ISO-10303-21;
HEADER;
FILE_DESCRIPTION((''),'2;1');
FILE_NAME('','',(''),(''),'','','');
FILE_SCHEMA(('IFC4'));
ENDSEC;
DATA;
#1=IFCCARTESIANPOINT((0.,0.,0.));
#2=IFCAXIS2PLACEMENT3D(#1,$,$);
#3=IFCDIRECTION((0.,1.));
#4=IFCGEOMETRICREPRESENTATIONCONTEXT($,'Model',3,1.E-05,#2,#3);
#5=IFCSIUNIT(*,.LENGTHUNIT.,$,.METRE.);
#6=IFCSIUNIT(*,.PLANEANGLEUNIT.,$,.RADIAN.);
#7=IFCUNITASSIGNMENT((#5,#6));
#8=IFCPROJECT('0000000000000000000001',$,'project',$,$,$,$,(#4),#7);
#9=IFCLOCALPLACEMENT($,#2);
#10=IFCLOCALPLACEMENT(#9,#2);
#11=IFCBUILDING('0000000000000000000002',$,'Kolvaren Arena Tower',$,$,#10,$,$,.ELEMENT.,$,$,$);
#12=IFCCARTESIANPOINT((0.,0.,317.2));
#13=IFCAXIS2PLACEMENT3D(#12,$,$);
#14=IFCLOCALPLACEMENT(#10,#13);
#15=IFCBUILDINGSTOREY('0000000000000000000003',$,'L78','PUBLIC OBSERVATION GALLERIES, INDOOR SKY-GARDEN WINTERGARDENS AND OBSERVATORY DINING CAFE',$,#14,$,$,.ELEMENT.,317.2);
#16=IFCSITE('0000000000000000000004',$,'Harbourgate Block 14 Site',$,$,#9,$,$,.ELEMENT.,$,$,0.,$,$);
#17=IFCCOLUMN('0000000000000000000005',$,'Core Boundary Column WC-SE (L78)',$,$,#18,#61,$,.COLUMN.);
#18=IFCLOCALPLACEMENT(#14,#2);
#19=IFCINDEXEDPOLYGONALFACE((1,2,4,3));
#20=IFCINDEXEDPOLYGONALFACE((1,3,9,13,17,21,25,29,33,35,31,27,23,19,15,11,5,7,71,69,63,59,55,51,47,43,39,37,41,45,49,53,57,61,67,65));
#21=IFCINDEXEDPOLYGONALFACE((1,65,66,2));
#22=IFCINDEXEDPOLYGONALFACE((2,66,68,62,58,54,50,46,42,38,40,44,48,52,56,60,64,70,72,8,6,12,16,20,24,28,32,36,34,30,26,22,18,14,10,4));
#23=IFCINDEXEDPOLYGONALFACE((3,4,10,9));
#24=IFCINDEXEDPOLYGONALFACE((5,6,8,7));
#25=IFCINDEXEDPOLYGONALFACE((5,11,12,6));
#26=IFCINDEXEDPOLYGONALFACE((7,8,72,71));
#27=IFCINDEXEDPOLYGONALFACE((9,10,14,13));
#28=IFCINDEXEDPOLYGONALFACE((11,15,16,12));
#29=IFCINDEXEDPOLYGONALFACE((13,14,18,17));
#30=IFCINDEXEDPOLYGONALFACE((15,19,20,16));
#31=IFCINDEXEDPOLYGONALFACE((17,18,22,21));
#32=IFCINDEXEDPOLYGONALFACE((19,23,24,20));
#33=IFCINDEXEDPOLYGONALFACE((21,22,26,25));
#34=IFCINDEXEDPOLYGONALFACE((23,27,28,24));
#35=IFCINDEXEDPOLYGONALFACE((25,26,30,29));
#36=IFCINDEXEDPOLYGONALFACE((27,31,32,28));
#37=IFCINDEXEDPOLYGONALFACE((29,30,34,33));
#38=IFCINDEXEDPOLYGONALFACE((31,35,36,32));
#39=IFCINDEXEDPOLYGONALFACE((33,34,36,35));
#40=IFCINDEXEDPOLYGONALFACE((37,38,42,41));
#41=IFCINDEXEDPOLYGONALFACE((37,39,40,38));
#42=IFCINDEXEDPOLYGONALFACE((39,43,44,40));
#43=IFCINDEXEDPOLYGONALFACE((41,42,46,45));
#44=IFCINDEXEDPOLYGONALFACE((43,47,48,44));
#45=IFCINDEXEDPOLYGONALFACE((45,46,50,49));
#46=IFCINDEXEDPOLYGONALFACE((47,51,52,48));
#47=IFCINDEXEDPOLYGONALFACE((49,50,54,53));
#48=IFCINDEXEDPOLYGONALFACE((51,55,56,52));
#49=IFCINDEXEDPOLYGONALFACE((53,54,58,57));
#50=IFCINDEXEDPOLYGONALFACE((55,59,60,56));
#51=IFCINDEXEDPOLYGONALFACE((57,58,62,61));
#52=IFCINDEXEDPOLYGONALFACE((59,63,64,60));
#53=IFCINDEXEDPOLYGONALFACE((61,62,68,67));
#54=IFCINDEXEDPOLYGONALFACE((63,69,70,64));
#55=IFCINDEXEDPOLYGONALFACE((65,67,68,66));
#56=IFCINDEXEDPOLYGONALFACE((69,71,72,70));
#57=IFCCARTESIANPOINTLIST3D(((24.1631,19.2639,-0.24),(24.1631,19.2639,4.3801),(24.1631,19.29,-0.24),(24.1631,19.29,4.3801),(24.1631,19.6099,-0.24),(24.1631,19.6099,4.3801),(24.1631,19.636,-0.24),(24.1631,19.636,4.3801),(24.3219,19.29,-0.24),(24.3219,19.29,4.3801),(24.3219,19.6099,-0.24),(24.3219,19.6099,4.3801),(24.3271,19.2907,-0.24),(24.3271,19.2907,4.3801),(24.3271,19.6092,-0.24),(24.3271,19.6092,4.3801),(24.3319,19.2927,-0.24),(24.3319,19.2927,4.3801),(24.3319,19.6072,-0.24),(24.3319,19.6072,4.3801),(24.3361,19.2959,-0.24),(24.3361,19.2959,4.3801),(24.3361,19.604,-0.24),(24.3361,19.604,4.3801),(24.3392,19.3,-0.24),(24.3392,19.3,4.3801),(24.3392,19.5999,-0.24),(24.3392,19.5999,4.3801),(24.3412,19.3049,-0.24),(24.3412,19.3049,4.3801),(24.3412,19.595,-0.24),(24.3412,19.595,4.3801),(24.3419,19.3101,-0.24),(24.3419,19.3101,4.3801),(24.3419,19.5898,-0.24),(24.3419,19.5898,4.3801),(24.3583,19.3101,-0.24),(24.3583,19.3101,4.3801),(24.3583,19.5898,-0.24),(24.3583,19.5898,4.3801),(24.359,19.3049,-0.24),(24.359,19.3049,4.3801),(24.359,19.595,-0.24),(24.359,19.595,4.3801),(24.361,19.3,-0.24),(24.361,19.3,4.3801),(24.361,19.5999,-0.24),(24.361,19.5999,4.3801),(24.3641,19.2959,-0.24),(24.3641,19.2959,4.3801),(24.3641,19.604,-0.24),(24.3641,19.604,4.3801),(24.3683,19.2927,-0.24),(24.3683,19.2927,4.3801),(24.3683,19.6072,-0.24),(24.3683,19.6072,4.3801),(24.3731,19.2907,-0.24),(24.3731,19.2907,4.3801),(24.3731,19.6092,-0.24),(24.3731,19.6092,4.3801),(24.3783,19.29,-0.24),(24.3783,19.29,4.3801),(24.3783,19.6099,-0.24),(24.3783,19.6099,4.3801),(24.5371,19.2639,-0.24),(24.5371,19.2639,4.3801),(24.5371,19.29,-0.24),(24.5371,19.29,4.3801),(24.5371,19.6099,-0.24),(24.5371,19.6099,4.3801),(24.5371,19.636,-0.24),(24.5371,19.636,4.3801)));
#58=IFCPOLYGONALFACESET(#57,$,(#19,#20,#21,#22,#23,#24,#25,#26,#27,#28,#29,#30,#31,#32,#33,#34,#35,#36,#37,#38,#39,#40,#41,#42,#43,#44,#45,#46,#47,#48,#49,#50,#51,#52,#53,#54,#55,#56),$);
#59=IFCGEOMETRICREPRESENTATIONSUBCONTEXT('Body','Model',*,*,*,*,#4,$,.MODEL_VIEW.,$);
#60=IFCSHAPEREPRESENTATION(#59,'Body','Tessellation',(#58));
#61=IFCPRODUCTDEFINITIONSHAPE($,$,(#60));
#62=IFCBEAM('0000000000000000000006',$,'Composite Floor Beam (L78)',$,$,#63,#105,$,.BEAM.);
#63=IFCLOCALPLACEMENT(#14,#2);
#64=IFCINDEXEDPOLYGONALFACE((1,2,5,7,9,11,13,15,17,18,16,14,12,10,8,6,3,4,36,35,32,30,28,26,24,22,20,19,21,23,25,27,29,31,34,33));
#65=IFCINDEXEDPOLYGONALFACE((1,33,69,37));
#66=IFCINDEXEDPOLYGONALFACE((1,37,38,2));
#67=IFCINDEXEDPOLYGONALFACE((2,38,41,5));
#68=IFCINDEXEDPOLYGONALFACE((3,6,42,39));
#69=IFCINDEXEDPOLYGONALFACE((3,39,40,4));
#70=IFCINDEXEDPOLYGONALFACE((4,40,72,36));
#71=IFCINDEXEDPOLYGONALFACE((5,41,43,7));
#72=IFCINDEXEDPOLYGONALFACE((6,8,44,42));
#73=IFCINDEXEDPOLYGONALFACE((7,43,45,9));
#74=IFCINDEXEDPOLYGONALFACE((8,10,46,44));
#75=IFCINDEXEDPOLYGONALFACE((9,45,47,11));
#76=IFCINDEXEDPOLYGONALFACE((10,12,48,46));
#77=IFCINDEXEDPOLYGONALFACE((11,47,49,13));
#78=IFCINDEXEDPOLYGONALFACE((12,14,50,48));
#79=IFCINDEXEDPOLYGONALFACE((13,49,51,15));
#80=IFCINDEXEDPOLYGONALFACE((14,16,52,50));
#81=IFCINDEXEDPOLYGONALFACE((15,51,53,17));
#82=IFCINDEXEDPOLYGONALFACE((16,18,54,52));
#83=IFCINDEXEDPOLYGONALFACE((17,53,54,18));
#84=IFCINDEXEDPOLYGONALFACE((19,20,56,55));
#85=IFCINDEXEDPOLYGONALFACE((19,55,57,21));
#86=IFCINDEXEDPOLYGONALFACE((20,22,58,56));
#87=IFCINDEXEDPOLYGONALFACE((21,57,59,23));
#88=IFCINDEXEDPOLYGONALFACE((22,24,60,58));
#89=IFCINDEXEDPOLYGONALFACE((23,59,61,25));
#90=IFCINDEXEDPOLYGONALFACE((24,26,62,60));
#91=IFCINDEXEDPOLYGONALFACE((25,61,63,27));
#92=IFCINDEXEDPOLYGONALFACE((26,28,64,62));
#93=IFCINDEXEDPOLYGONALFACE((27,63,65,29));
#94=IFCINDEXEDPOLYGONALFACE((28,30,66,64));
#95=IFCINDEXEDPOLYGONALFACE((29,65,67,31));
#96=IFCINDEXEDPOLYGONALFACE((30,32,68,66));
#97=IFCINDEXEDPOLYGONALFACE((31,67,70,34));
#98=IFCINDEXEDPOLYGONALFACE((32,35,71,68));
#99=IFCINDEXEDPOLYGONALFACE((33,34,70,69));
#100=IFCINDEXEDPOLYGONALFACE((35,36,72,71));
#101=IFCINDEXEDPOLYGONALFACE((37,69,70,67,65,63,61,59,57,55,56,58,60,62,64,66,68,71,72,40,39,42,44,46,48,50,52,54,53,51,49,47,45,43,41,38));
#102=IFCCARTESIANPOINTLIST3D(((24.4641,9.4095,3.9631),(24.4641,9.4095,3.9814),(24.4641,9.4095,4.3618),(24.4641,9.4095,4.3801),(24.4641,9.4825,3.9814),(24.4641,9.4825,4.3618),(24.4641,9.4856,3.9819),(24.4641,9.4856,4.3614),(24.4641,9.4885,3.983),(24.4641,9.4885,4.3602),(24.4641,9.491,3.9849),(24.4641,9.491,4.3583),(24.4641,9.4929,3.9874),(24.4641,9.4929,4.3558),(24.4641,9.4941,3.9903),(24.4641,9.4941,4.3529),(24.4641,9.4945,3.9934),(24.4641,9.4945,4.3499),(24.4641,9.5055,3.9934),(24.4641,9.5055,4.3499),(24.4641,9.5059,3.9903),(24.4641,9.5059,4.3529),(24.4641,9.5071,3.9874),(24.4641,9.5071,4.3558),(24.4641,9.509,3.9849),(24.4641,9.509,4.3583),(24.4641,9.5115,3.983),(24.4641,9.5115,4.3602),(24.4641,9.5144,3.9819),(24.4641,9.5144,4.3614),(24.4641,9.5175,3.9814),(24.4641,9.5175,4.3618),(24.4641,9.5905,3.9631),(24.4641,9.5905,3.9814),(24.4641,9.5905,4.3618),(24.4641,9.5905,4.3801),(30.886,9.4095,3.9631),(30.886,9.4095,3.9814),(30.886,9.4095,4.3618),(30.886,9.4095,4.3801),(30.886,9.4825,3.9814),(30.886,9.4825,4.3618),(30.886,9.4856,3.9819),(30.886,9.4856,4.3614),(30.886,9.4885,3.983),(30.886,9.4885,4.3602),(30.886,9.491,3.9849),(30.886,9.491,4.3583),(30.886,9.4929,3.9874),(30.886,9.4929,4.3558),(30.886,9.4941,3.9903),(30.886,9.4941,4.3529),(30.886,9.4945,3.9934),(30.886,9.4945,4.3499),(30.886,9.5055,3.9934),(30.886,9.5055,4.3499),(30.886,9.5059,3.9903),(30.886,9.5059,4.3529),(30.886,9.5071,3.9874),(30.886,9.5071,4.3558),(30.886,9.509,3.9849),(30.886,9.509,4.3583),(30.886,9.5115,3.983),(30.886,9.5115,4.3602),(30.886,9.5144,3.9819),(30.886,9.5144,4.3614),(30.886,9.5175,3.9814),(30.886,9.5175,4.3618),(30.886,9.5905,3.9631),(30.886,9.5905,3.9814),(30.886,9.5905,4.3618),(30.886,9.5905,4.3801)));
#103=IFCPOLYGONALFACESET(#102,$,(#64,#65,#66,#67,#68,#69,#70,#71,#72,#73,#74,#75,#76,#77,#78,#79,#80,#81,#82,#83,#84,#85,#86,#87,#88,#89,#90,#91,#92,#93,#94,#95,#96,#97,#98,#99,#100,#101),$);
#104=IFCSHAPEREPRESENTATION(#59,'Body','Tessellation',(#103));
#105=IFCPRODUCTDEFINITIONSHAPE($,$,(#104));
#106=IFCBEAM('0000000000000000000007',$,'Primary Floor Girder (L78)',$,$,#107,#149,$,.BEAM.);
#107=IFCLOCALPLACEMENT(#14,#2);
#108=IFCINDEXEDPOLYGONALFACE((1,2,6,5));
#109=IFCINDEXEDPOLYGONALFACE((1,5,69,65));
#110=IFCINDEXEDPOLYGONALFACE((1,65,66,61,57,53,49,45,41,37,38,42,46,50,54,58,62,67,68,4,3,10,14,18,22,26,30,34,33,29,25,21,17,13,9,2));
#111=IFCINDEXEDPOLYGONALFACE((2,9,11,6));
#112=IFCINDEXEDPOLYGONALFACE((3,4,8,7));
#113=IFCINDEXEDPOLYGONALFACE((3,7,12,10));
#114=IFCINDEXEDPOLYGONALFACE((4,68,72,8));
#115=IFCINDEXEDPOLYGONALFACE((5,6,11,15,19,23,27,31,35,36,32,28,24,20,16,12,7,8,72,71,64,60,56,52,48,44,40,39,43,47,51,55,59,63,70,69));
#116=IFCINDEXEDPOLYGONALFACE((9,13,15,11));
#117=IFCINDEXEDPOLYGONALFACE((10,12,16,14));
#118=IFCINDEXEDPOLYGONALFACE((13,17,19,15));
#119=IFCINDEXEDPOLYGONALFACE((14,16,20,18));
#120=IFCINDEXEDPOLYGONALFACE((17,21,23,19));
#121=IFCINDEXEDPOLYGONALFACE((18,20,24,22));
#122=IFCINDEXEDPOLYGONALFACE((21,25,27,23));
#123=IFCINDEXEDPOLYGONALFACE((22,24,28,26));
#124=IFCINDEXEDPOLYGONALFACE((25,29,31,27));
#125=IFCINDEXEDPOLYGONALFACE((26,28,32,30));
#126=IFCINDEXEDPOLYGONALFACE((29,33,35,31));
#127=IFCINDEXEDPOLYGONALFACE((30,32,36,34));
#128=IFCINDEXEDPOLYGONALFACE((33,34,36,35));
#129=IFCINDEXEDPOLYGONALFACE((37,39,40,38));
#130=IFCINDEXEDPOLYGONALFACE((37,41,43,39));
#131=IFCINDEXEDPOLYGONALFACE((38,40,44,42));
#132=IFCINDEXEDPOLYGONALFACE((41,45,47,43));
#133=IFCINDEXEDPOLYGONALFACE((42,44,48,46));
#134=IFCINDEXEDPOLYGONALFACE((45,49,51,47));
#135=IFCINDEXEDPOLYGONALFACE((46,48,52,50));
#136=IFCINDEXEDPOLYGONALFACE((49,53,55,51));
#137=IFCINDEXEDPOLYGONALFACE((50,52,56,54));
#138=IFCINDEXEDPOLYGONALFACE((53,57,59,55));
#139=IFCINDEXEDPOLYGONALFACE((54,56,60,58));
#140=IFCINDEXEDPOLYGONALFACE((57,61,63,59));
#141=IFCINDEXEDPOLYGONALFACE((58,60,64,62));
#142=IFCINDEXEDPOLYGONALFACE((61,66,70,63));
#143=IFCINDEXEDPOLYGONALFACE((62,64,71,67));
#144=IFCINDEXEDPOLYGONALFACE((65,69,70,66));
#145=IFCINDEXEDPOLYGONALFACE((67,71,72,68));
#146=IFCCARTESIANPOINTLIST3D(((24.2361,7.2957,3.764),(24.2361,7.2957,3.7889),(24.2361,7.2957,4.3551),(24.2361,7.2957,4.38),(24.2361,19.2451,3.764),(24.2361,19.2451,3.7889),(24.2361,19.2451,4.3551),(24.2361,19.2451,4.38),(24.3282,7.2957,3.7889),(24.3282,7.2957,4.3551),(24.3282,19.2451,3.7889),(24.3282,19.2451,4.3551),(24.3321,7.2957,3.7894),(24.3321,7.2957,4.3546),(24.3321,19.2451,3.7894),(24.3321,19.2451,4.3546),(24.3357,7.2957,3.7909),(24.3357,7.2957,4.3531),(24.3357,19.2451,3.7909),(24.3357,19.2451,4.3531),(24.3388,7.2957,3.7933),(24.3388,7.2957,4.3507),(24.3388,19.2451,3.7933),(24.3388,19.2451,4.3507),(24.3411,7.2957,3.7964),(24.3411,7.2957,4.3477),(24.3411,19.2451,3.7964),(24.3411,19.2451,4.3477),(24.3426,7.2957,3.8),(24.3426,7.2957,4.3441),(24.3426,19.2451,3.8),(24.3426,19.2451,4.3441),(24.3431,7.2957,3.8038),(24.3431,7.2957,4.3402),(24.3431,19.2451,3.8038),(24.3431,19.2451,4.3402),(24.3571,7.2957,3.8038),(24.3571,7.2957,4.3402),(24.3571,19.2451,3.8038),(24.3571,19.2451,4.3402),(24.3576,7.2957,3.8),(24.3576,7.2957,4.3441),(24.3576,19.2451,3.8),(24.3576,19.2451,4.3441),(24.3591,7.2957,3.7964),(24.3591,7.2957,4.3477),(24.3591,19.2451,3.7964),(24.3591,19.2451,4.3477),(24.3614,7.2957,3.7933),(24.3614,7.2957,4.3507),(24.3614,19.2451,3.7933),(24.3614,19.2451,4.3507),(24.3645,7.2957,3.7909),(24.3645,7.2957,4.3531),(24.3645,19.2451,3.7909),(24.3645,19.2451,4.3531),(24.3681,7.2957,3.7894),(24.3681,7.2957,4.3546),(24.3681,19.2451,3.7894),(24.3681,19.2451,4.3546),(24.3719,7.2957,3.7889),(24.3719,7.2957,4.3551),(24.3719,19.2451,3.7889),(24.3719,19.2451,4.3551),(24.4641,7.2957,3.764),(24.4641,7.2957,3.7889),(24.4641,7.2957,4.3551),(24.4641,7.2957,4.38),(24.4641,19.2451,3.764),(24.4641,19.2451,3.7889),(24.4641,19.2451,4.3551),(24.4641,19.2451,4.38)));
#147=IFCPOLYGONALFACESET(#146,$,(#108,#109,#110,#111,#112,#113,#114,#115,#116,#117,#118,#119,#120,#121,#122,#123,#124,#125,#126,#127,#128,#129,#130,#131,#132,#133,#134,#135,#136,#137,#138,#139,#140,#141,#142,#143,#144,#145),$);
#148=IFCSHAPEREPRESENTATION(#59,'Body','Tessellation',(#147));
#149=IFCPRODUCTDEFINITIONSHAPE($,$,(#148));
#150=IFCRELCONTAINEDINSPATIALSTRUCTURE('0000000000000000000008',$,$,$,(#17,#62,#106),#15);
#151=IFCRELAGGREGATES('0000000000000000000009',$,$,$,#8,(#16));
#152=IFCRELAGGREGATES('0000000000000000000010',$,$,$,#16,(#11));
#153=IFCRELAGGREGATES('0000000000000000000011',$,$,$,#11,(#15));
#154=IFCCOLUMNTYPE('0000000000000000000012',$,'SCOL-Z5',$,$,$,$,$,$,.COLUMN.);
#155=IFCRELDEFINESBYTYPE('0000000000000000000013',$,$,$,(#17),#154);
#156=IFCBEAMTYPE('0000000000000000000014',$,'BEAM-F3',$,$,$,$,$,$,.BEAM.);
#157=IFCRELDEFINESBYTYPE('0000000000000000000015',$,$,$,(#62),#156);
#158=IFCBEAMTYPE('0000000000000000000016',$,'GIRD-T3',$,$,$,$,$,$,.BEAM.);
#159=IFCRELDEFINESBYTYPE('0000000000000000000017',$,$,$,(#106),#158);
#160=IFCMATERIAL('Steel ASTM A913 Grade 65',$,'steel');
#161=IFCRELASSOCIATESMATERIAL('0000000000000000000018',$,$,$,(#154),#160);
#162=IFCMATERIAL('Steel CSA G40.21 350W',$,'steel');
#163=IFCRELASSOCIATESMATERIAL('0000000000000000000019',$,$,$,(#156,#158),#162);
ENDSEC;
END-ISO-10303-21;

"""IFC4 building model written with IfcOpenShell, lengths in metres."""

from ifc_helpers import new_model, si_unit, direction, frame, origin, origin_2d, place, context, subcontext, project, spatial, i_section, extrude, material, material_profile, profile_set, type_object, element, save


model = new_model("IFC4")

# Units and contexts
model_context = context("Model", 3, precision=1e-05, world=origin(), true_north=direction((0.0, 1.0)))
body_context = subcontext(model_context, "Body", "Model", "MODEL_VIEW")
ifc_project = project(units=[si_unit("LENGTHUNIT", "METRE"), si_unit("PLANEANGLEUNIT", "RADIAN")], contexts=[model_context])

# Site, building, storey
site_placement = place(None, origin())
site = spatial("IfcSite", under=ifc_project, at=site_placement, Name="Harbourgate Block 14 Site", CompositionType="ELEMENT", RefElevation=0.0)
building_placement = place(site_placement, origin())
building = spatial("IfcBuilding", under=site, at=building_placement, Name="Kolvaren Arena Tower", CompositionType="ELEMENT")
storey_placement = place(building_placement, frame((0.0, 0.0, 317.2)))
storey = spatial("IfcBuildingStorey", under=building, at=storey_placement, Name="L78", Description="PUBLIC OBSERVATION GALLERIES, INDOOR SKY-GARDEN WINTERGARDENS AND OBSERVATORY DINING CAFE", CompositionType="ELEMENT", Elevation=317.2)

# Column
ifc_material_1 = material(Name="Steel ASTM A913 Grade 65", Category="steel")
ifc_material_profile_1 = material_profile(ifc_material_1, i_section(OverallWidth=0.374, OverallDepth=0.3721, WebThickness=0.0164, FlangeThickness=0.0261, FilletRadius=0.02, at=origin_2d()), Name="W360x196")
ifc_profile_set_1 = profile_set([ifc_material_profile_1], Name="Steel ASTM A913 Grade 65")
column_type = type_object("IfcColumnType", Name="SCOL-Z5", PredefinedType="COLUMN", material=ifc_profile_set_1)
column_placement = place(storey_placement, frame((24.3501, 19.45, -0.24), z_axis=(0.0, 0.0, 1.0), x_axis=(1.0, 0.0, 0.0)))
element("IfcColumn", 1, at=column_placement, inside=storey, type_object=column_type, Name="Core Boundary Column WC-SE (L78)", PredefinedType="COLUMN", context=body_context, shape_type="SweptSolid", body=[
    extrude(i_section(OverallWidth=0.374, OverallDepth=0.3721, WebThickness=0.0164, FlangeThickness=0.0261, FilletRadius=0.02, at=origin_2d()), origin(), (0.0, 0.0, 1.0), 4.6201),
])

# Beams
ifc_material_2 = material(Name="Steel CSA G40.21 350W", Category="steel")
ifc_material_profile_2 = material_profile(ifc_material_2, i_section(OverallWidth=0.1809, OverallDepth=0.417, WebThickness=0.011, FlangeThickness=0.0183, FilletRadius=0.012, at=origin_2d()), Name="W410x85")
ifc_profile_set_2 = profile_set([ifc_material_profile_2], Name="Steel CSA G40.21 350W")
beam_type_1 = type_object("IfcBeamType", Name="BEAM-F3", PredefinedType="BEAM", material=ifc_profile_set_2)
beam_1_placement = place(storey_placement, frame((24.4641, 9.5, 4.1716), z_axis=(1.0, 0.0, 0.0), x_axis=(0.0, 1.0, 0.0)))
element("IfcBeam", 2, at=beam_1_placement, inside=storey, type_object=beam_type_1, Name="Composite Floor Beam (L78)", PredefinedType="BEAM", context=body_context, shape_type="SweptSolid", body=[
    extrude(i_section(OverallWidth=0.1809, OverallDepth=0.417, WebThickness=0.011, FlangeThickness=0.0183, FilletRadius=0.012, at=origin_2d()), origin(), (0.0, 0.0, 1.0), 6.4219),
])
ifc_material_profile_3 = material_profile(ifc_material_2, i_section(OverallWidth=0.228, OverallDepth=0.616, WebThickness=0.0139, FlangeThickness=0.0249, FilletRadius=0.0149, at=origin_2d()), Name="W610x174")
ifc_profile_set_3 = profile_set([ifc_material_profile_3], Name="Steel CSA G40.21 350W")
beam_type_2 = type_object("IfcBeamType", Name="GIRD-T3", PredefinedType="BEAM", material=ifc_profile_set_3)
beam_2_placement = place(storey_placement, frame((24.3501, 7.2957, 4.072), z_axis=(0.0, 1.0, 0.0), x_axis=(-1.0, 0.0, 0.0)))
element("IfcBeam", 3, at=beam_2_placement, inside=storey, type_object=beam_type_2, Name="Primary Floor Girder (L78)", PredefinedType="BEAM", context=body_context, shape_type="SweptSolid", body=[
    extrude(i_section(OverallWidth=0.228, OverallDepth=0.616, WebThickness=0.0139, FlangeThickness=0.0249, FilletRadius=0.0149, at=origin_2d()), origin(), (0.0, 0.0, 1.0), 11.9495),
])

save(model, "model.ifc")
